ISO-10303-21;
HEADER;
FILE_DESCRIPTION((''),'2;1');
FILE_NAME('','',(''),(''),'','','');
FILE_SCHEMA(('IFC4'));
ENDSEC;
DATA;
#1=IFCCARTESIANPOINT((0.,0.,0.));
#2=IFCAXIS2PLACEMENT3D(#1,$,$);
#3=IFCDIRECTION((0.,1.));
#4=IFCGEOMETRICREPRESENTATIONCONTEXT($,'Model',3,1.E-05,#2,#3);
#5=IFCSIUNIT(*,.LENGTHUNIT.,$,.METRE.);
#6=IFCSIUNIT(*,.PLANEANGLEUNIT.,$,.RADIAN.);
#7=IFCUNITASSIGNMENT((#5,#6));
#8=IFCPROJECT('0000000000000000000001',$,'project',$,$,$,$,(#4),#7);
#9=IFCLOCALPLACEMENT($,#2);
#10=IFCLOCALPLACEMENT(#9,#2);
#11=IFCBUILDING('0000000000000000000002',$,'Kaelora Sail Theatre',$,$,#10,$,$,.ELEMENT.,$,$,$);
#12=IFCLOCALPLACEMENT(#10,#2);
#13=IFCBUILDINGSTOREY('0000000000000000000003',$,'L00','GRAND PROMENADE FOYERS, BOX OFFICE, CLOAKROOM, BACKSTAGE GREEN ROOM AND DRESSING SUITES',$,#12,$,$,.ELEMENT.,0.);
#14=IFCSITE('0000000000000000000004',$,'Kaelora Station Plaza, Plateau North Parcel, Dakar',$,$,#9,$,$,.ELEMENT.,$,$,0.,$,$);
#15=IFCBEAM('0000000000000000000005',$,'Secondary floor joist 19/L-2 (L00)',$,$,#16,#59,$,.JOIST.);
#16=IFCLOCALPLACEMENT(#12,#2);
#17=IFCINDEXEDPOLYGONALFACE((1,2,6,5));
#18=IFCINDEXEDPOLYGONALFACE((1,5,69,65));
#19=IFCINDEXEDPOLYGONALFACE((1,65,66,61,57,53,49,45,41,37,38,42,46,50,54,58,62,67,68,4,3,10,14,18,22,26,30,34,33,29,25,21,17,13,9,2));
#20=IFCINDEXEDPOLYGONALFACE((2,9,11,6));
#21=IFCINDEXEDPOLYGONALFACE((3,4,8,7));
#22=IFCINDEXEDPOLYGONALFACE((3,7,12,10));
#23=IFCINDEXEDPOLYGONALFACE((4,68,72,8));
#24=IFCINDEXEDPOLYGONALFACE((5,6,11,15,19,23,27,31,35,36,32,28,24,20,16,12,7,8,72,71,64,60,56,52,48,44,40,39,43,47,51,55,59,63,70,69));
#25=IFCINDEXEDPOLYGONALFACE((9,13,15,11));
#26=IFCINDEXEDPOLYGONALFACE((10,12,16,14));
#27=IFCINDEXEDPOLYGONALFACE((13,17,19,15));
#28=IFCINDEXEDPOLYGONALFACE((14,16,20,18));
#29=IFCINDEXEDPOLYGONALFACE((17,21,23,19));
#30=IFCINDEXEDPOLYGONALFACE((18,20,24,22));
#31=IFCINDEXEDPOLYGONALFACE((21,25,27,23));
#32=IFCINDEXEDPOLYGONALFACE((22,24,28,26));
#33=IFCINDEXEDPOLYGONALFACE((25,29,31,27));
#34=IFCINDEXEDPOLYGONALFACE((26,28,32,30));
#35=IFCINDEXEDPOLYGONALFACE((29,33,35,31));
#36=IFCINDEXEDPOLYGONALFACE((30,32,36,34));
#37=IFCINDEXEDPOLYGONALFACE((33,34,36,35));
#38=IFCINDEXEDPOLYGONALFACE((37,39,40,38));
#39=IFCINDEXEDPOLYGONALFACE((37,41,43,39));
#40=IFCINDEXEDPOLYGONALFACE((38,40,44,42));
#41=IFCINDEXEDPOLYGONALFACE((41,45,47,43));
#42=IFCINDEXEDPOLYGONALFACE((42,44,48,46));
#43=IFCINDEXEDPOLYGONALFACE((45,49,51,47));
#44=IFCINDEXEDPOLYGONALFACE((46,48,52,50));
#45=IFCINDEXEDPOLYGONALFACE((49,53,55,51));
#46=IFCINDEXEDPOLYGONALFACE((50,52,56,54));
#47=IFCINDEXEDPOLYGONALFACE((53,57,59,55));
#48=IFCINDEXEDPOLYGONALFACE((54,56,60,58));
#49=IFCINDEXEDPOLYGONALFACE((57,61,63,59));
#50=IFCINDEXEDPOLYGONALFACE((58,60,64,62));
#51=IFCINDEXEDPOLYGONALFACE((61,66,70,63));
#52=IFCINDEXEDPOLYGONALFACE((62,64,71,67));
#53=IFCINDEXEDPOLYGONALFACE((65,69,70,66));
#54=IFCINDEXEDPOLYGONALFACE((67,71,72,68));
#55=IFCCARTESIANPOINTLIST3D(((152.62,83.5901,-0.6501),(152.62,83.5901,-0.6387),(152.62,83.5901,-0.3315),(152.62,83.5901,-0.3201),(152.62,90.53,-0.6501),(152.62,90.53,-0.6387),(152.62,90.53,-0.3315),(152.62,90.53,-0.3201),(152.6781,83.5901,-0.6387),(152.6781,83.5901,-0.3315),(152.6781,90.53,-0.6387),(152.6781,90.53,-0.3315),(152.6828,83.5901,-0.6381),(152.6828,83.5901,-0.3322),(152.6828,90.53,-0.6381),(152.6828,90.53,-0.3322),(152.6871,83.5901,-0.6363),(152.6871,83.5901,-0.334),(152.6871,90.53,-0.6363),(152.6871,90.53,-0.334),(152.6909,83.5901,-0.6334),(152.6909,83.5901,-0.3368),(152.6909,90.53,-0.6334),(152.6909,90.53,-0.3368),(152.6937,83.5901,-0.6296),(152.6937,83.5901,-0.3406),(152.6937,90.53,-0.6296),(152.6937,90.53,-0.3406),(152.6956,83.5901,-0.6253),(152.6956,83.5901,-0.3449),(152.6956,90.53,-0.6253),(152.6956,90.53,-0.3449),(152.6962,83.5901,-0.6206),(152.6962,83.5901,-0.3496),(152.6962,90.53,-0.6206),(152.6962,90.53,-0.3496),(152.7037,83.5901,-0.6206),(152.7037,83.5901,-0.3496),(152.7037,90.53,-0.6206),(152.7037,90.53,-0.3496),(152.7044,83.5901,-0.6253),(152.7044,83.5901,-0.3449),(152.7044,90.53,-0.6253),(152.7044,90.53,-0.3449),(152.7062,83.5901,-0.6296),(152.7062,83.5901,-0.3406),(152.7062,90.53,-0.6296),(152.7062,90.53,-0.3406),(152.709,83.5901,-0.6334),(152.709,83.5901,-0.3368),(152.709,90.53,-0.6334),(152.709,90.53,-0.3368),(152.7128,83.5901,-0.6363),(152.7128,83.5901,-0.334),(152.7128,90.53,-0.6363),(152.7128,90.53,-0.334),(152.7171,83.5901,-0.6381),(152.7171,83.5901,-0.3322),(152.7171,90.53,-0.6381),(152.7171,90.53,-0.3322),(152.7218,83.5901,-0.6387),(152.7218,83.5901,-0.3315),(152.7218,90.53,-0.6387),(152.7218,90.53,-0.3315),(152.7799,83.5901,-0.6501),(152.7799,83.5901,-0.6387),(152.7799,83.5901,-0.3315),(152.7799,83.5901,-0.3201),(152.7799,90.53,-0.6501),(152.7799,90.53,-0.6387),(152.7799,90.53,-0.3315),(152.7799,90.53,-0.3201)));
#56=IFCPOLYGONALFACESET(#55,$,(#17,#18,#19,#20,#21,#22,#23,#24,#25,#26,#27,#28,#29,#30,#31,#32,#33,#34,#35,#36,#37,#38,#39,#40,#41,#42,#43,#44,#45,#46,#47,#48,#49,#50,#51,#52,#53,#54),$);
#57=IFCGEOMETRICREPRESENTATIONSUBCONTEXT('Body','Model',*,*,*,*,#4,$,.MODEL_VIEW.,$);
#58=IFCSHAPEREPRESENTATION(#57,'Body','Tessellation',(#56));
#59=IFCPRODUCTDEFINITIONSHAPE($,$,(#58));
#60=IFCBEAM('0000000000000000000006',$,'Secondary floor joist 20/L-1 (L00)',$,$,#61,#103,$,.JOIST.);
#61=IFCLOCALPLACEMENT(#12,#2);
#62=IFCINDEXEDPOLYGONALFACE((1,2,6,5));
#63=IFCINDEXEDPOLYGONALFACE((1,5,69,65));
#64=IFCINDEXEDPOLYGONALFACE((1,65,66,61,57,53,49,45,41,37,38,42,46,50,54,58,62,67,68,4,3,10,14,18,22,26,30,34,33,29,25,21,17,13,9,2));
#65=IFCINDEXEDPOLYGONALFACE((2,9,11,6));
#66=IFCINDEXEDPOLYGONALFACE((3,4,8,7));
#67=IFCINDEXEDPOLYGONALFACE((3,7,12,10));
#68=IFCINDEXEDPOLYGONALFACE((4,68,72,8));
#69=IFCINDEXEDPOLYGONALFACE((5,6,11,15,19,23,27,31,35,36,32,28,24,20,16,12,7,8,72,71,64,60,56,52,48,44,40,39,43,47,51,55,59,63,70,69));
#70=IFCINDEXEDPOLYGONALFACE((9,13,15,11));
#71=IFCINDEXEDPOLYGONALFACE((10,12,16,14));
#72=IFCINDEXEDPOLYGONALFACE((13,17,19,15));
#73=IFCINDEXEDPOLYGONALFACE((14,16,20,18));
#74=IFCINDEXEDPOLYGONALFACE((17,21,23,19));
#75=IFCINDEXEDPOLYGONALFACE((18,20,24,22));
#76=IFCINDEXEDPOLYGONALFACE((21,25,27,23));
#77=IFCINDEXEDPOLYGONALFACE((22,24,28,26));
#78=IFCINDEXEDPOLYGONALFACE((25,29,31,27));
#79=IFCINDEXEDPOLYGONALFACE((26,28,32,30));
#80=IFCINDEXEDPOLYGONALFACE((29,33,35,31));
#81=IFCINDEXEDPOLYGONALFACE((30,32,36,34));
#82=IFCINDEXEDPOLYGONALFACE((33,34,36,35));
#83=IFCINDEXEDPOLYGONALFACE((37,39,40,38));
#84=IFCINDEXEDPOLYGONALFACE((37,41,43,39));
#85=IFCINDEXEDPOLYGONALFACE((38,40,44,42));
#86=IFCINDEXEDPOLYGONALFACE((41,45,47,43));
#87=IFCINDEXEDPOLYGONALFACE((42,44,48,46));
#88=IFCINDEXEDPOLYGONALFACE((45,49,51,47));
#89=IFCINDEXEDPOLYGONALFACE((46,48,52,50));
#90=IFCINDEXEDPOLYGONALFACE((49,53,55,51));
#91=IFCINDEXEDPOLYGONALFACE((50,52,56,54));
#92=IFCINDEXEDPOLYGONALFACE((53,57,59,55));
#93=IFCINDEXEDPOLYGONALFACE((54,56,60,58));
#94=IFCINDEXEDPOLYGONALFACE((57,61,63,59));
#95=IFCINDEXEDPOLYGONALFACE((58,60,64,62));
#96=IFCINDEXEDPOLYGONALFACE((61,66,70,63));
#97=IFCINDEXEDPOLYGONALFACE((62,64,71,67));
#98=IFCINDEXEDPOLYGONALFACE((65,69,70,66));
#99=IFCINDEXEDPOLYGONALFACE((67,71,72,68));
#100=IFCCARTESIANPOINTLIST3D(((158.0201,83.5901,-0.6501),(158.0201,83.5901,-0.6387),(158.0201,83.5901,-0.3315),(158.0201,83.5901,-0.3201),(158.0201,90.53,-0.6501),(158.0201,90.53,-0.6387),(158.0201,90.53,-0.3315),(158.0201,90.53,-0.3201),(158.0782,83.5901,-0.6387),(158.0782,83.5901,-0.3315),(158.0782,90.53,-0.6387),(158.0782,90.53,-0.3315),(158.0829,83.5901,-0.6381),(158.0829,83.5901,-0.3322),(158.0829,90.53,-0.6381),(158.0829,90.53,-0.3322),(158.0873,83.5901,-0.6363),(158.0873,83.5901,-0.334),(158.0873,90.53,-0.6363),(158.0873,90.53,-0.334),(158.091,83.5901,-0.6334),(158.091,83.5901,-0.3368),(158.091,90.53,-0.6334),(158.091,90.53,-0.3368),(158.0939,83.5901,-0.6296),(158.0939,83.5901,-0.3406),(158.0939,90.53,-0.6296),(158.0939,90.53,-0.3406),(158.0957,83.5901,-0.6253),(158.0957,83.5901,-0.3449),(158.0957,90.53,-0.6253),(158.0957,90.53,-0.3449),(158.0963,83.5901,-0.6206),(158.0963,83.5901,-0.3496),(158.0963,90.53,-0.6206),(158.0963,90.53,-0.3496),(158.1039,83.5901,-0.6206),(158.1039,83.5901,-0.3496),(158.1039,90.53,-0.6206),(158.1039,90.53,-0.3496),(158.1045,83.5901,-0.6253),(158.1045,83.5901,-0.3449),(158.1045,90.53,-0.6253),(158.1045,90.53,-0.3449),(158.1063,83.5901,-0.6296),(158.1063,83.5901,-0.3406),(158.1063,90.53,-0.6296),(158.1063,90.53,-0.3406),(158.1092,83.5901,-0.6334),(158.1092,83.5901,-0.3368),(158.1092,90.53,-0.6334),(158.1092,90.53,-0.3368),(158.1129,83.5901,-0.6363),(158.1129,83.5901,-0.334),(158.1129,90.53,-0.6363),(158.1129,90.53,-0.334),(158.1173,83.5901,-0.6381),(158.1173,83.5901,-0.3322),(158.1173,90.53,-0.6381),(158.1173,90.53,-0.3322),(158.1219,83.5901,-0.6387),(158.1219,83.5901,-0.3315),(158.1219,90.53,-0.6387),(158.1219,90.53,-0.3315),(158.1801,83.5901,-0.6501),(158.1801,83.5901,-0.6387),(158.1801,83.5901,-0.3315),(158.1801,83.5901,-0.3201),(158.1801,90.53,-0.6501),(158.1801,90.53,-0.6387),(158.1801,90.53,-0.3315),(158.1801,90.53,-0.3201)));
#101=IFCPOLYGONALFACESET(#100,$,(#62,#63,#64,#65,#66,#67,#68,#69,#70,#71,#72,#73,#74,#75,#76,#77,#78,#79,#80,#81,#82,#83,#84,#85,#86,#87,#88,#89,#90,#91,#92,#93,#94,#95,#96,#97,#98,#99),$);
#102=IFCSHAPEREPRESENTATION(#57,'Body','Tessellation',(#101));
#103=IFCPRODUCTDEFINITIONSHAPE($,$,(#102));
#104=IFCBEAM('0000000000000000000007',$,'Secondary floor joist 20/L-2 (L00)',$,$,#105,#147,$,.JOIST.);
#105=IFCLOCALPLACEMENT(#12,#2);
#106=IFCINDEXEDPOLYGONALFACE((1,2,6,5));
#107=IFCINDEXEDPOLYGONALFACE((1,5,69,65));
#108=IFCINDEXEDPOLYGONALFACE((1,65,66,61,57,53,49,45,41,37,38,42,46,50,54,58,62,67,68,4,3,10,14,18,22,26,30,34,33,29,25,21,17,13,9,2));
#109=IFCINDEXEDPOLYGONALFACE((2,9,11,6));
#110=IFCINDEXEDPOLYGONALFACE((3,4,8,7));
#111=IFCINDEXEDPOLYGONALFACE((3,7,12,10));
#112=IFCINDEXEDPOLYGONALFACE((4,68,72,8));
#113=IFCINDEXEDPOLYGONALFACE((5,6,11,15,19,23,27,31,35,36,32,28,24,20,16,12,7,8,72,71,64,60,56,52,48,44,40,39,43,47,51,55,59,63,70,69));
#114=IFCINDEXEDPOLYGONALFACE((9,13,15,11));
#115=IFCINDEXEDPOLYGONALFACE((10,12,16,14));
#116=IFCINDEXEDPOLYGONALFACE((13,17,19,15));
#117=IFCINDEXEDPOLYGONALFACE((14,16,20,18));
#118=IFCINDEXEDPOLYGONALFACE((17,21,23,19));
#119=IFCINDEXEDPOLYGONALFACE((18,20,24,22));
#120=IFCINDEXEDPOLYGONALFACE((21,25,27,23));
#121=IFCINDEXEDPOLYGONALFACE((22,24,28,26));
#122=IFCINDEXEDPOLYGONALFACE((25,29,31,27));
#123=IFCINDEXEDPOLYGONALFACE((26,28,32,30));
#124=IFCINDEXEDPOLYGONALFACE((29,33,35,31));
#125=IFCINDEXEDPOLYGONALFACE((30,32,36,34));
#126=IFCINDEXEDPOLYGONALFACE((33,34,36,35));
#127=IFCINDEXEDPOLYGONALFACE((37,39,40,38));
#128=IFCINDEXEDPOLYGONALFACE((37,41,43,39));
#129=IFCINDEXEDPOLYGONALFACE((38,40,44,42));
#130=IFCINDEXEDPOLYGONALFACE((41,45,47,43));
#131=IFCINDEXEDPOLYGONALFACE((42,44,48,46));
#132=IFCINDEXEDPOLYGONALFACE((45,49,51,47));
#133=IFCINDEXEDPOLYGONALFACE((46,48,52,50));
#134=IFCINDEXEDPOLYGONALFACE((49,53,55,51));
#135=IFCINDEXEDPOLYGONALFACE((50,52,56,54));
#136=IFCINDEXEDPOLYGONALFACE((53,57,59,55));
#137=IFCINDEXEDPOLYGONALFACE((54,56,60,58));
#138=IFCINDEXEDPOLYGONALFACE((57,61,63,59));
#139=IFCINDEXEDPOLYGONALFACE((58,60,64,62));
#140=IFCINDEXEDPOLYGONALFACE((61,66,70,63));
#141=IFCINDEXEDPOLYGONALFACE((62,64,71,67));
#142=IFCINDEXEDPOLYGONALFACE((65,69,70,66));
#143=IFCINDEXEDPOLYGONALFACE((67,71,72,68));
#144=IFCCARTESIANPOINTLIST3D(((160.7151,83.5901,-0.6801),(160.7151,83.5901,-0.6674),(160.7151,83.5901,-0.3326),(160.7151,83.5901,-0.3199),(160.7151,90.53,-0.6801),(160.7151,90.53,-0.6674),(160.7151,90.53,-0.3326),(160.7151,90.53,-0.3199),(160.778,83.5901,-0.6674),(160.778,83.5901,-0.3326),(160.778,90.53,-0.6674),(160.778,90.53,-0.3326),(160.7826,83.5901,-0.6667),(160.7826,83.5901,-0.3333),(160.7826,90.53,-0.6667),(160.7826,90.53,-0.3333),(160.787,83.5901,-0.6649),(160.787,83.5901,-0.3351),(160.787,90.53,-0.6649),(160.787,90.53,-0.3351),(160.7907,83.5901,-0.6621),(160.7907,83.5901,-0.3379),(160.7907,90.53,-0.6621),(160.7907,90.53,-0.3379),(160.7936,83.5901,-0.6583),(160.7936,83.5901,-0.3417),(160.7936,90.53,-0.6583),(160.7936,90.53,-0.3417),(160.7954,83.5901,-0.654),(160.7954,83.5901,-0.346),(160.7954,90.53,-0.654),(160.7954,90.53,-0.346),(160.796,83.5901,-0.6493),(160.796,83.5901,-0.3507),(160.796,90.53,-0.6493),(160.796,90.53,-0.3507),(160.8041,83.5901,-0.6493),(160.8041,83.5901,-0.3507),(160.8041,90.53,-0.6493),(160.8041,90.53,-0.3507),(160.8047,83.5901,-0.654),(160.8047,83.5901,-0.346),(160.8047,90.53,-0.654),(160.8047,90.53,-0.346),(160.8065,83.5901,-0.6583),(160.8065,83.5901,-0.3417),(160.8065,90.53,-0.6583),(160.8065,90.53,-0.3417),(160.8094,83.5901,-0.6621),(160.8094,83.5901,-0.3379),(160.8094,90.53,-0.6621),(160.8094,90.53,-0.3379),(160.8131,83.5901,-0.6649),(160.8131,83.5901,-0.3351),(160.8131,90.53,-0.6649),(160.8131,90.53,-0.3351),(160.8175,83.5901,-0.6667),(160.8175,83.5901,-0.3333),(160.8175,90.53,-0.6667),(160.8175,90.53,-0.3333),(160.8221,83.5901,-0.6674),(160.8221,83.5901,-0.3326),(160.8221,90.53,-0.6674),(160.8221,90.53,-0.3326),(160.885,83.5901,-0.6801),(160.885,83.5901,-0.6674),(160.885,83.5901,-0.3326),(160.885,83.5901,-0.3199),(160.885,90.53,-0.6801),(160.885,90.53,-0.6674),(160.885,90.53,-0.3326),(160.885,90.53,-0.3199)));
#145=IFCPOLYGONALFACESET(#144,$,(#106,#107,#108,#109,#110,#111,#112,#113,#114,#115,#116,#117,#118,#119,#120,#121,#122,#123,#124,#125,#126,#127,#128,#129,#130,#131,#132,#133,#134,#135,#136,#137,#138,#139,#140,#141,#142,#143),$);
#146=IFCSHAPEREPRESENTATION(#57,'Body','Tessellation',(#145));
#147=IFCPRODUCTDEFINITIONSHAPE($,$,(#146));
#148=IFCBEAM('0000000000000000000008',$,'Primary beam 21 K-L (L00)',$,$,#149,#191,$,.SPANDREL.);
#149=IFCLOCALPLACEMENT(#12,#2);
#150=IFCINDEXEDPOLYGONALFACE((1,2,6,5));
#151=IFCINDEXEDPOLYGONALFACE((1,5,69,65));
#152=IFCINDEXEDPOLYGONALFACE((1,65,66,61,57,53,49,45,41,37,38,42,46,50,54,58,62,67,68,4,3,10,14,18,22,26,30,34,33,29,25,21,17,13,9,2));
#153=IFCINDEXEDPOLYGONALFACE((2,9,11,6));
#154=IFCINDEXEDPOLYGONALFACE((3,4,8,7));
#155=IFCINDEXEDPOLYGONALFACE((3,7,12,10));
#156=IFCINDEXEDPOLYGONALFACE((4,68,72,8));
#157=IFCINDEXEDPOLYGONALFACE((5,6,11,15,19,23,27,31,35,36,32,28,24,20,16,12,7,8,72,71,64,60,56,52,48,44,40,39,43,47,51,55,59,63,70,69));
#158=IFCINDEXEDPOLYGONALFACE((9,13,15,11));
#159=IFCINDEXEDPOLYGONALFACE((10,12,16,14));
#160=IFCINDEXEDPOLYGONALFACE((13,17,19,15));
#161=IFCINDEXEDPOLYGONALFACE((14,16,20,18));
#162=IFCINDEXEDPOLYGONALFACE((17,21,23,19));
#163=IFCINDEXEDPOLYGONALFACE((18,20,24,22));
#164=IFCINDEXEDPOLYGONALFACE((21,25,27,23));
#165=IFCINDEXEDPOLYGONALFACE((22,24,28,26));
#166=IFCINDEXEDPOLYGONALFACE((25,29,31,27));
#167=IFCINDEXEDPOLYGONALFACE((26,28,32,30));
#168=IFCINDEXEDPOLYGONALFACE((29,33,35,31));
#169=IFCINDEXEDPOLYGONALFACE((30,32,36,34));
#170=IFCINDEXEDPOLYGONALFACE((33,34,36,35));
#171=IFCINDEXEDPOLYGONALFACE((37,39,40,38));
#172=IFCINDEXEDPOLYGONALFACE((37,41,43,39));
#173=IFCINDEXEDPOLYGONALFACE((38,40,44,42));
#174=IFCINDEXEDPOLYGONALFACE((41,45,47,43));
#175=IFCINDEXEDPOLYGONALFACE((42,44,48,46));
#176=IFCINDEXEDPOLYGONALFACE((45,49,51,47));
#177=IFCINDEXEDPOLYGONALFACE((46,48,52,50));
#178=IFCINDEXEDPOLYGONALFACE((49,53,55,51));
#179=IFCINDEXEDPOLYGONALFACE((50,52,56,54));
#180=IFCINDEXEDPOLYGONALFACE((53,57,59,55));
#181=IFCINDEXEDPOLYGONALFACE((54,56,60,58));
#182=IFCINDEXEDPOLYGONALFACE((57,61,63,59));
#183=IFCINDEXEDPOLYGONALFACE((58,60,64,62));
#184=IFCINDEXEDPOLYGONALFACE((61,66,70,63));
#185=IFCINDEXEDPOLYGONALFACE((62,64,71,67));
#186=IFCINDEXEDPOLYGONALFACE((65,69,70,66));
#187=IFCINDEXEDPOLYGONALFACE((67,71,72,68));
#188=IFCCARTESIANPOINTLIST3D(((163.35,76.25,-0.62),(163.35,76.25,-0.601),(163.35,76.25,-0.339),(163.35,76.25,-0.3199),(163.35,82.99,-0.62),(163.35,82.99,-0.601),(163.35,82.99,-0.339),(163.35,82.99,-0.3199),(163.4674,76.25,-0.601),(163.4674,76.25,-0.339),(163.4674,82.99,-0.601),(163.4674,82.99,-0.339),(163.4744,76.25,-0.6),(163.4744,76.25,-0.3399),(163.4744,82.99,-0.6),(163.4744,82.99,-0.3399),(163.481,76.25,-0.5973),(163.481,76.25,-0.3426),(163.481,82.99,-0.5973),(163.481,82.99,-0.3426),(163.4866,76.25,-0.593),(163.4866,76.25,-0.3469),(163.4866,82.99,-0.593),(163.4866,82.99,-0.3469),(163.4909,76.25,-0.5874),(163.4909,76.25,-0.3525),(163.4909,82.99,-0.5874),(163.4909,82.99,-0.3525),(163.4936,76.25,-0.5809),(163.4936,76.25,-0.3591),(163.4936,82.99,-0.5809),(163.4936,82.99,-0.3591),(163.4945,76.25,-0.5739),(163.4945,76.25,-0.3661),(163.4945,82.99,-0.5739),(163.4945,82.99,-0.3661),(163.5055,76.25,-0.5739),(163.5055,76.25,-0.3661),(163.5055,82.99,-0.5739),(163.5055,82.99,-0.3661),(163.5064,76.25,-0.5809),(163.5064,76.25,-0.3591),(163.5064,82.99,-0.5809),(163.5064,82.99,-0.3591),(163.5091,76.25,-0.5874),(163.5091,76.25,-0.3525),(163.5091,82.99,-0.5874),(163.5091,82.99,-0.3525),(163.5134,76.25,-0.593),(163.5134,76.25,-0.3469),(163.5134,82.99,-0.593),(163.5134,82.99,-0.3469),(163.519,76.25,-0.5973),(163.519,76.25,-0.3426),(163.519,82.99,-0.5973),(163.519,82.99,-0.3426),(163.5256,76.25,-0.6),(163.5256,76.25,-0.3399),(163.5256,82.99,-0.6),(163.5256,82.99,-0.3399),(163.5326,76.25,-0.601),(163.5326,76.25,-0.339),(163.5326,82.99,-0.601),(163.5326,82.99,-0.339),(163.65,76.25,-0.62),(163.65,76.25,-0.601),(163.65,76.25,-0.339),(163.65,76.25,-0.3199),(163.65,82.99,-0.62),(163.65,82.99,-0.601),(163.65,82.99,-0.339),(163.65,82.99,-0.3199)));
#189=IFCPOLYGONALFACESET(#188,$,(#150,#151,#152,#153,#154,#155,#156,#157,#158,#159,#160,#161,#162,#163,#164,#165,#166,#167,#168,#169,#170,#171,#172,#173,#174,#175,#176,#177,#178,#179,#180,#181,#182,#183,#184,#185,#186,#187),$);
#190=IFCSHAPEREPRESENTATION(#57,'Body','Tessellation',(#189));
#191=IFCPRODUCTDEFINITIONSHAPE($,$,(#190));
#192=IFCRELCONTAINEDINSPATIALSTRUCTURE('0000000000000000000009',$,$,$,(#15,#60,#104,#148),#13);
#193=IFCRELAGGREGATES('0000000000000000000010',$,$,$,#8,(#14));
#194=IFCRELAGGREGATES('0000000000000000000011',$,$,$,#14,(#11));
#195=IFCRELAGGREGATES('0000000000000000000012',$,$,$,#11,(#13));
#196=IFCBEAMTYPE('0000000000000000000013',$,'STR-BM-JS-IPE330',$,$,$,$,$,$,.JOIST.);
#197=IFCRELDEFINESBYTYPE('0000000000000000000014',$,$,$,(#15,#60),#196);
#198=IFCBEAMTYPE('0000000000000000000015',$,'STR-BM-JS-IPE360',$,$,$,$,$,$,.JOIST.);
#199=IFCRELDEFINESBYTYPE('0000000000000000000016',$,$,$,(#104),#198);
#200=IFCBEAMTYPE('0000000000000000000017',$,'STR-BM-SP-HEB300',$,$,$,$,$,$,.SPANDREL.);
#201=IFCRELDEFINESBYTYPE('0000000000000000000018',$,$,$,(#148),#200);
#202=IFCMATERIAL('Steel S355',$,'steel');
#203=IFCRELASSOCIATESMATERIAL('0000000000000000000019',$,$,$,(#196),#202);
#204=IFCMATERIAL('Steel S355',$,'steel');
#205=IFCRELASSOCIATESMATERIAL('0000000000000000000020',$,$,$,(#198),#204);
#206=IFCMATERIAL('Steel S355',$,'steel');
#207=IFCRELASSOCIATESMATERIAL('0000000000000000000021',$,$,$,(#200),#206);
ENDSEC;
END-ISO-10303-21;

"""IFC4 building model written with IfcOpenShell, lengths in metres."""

from ifc_helpers import new_model, si_unit, direction, frame, origin, origin_2d, place, context, subcontext, project, spatial, i_section, extrude, material, material_profile, profile_set, type_object, element, save


model = new_model("IFC4")

# Units and contexts
model_context = context("Model", 3, precision=1e-05, world=origin(), true_north=direction((0.0, 1.0)))
body_context = subcontext(model_context, "Body", "Model", "MODEL_VIEW")
ifc_project = project(units=[si_unit("LENGTHUNIT", "METRE"), si_unit("PLANEANGLEUNIT", "RADIAN")], contexts=[model_context])

# Site, building, storey
site_placement = place(None, origin())
site = spatial("IfcSite", under=ifc_project, at=site_placement, Name="Kaelora Station Plaza, Plateau North Parcel, Dakar", CompositionType="ELEMENT", RefElevation=0.0)
building_placement = place(site_placement, origin())
building = spatial("IfcBuilding", under=site, at=building_placement, Name="Kaelora Sail Theatre", CompositionType="ELEMENT")
storey_placement = place(building_placement, origin())
storey = spatial("IfcBuildingStorey", under=building, at=storey_placement, Name="L00", Description="GRAND PROMENADE FOYERS, BOX OFFICE, CLOAKROOM, BACKSTAGE GREEN ROOM AND DRESSING SUITES", CompositionType="ELEMENT", Elevation=0.0)

# Beams
ifc_material_1 = material(Name="Steel S355", Category="steel")
ifc_material_profile_1 = material_profile(ifc_material_1, i_section(OverallWidth=0.1599, OverallDepth=0.3301, WebThickness=0.0076, FlangeThickness=0.0115, FilletRadius=0.0181, at=origin_2d()), Name="IPE 330")
ifc_profile_set_1 = profile_set([ifc_material_profile_1], Name="Steel S355")
beam_type_1 = type_object("IfcBeamType", Name="STR-BM-JS-IPE330", PredefinedType="JOIST", material=ifc_profile_set_1)
for number, where, z_axis, x_axis, name in (
    (1, (152.7, 83.5901, -0.4851), (0.0, 1.0, 0.0), (-1.0, 0.0, 0.0), "Secondary floor joist 19/L-2 (L00)"),
    (2, (158.1001, 83.5901, -0.4851), (0.0, 1.0, 0.0), (-1.0, 0.0, 0.0), "Secondary floor joist 20/L-1 (L00)"),
):
    element("IfcBeam", number, at=place(storey_placement, frame(where, z_axis=z_axis, x_axis=x_axis)), inside=storey, type_object=beam_type_1, Name=name, PredefinedType="JOIST", context=body_context, shape_type="SweptSolid", body=[
        extrude(i_section(OverallWidth=0.1599, OverallDepth=0.3301, WebThickness=0.0076, FlangeThickness=0.0115, FilletRadius=0.0181, at=origin_2d()), origin(), (0.0, 0.0, 1.0), 6.9399),
    ])
ifc_material_2 = material(Name="Steel S355", Category="steel")
ifc_material_profile_2 = material_profile(ifc_material_2, i_section(OverallWidth=0.1699, OverallDepth=0.3601, WebThickness=0.0081, FlangeThickness=0.0127, FilletRadius=0.0181, at=origin_2d()), Name="IPE 360")
ifc_profile_set_2 = profile_set([ifc_material_profile_2], Name="Steel S355")
beam_type_2 = type_object("IfcBeamType", Name="STR-BM-JS-IPE360", PredefinedType="JOIST", material=ifc_profile_set_2)
beam_1_placement = place(storey_placement, frame((160.8, 83.5901, -0.5), z_axis=(0.0, 1.0, 0.0), x_axis=(-1.0, 0.0, 0.0)))
element("IfcBeam", 3, at=beam_1_placement, inside=storey, type_object=beam_type_2, Name="Secondary floor joist 20/L-2 (L00)", PredefinedType="JOIST", context=body_context, shape_type="SweptSolid", body=[
    extrude(i_section(OverallWidth=0.1699, OverallDepth=0.3601, WebThickness=0.0081, FlangeThickness=0.0127, FilletRadius=0.0181, at=origin_2d()), origin(), (0.0, 0.0, 1.0), 6.9399),
])
ifc_material_3 = material(Name="Steel S355", Category="steel")
ifc_material_profile_3 = material_profile(ifc_material_3, i_section(OverallWidth=0.3, OverallDepth=0.3, WebThickness=0.011, FlangeThickness=0.019, FilletRadius=0.0271, at=origin_2d()), Name="HEB 300")
ifc_profile_set_3 = profile_set([ifc_material_profile_3], Name="Steel S355")
beam_type_3 = type_object("IfcBeamType", Name="STR-BM-SP-HEB300", PredefinedType="SPANDREL", material=ifc_profile_set_3)
beam_2_placement = place(storey_placement, frame((163.5, 76.25, -0.47), z_axis=(0.0, 1.0, 0.0), x_axis=(-1.0, 0.0, 0.0)))
element("IfcBeam", 4, at=beam_2_placement, inside=storey, type_object=beam_type_3, Name="Primary beam 21 K-L (L00)", PredefinedType="SPANDREL", context=body_context, shape_type="SweptSolid", body=[
    extrude(i_section(OverallWidth=0.3, OverallDepth=0.3, WebThickness=0.011, FlangeThickness=0.019, FilletRadius=0.0271, at=origin_2d()), origin(), (0.0, 0.0, 1.0), 6.74),
])

save(model, "model.ifc")
